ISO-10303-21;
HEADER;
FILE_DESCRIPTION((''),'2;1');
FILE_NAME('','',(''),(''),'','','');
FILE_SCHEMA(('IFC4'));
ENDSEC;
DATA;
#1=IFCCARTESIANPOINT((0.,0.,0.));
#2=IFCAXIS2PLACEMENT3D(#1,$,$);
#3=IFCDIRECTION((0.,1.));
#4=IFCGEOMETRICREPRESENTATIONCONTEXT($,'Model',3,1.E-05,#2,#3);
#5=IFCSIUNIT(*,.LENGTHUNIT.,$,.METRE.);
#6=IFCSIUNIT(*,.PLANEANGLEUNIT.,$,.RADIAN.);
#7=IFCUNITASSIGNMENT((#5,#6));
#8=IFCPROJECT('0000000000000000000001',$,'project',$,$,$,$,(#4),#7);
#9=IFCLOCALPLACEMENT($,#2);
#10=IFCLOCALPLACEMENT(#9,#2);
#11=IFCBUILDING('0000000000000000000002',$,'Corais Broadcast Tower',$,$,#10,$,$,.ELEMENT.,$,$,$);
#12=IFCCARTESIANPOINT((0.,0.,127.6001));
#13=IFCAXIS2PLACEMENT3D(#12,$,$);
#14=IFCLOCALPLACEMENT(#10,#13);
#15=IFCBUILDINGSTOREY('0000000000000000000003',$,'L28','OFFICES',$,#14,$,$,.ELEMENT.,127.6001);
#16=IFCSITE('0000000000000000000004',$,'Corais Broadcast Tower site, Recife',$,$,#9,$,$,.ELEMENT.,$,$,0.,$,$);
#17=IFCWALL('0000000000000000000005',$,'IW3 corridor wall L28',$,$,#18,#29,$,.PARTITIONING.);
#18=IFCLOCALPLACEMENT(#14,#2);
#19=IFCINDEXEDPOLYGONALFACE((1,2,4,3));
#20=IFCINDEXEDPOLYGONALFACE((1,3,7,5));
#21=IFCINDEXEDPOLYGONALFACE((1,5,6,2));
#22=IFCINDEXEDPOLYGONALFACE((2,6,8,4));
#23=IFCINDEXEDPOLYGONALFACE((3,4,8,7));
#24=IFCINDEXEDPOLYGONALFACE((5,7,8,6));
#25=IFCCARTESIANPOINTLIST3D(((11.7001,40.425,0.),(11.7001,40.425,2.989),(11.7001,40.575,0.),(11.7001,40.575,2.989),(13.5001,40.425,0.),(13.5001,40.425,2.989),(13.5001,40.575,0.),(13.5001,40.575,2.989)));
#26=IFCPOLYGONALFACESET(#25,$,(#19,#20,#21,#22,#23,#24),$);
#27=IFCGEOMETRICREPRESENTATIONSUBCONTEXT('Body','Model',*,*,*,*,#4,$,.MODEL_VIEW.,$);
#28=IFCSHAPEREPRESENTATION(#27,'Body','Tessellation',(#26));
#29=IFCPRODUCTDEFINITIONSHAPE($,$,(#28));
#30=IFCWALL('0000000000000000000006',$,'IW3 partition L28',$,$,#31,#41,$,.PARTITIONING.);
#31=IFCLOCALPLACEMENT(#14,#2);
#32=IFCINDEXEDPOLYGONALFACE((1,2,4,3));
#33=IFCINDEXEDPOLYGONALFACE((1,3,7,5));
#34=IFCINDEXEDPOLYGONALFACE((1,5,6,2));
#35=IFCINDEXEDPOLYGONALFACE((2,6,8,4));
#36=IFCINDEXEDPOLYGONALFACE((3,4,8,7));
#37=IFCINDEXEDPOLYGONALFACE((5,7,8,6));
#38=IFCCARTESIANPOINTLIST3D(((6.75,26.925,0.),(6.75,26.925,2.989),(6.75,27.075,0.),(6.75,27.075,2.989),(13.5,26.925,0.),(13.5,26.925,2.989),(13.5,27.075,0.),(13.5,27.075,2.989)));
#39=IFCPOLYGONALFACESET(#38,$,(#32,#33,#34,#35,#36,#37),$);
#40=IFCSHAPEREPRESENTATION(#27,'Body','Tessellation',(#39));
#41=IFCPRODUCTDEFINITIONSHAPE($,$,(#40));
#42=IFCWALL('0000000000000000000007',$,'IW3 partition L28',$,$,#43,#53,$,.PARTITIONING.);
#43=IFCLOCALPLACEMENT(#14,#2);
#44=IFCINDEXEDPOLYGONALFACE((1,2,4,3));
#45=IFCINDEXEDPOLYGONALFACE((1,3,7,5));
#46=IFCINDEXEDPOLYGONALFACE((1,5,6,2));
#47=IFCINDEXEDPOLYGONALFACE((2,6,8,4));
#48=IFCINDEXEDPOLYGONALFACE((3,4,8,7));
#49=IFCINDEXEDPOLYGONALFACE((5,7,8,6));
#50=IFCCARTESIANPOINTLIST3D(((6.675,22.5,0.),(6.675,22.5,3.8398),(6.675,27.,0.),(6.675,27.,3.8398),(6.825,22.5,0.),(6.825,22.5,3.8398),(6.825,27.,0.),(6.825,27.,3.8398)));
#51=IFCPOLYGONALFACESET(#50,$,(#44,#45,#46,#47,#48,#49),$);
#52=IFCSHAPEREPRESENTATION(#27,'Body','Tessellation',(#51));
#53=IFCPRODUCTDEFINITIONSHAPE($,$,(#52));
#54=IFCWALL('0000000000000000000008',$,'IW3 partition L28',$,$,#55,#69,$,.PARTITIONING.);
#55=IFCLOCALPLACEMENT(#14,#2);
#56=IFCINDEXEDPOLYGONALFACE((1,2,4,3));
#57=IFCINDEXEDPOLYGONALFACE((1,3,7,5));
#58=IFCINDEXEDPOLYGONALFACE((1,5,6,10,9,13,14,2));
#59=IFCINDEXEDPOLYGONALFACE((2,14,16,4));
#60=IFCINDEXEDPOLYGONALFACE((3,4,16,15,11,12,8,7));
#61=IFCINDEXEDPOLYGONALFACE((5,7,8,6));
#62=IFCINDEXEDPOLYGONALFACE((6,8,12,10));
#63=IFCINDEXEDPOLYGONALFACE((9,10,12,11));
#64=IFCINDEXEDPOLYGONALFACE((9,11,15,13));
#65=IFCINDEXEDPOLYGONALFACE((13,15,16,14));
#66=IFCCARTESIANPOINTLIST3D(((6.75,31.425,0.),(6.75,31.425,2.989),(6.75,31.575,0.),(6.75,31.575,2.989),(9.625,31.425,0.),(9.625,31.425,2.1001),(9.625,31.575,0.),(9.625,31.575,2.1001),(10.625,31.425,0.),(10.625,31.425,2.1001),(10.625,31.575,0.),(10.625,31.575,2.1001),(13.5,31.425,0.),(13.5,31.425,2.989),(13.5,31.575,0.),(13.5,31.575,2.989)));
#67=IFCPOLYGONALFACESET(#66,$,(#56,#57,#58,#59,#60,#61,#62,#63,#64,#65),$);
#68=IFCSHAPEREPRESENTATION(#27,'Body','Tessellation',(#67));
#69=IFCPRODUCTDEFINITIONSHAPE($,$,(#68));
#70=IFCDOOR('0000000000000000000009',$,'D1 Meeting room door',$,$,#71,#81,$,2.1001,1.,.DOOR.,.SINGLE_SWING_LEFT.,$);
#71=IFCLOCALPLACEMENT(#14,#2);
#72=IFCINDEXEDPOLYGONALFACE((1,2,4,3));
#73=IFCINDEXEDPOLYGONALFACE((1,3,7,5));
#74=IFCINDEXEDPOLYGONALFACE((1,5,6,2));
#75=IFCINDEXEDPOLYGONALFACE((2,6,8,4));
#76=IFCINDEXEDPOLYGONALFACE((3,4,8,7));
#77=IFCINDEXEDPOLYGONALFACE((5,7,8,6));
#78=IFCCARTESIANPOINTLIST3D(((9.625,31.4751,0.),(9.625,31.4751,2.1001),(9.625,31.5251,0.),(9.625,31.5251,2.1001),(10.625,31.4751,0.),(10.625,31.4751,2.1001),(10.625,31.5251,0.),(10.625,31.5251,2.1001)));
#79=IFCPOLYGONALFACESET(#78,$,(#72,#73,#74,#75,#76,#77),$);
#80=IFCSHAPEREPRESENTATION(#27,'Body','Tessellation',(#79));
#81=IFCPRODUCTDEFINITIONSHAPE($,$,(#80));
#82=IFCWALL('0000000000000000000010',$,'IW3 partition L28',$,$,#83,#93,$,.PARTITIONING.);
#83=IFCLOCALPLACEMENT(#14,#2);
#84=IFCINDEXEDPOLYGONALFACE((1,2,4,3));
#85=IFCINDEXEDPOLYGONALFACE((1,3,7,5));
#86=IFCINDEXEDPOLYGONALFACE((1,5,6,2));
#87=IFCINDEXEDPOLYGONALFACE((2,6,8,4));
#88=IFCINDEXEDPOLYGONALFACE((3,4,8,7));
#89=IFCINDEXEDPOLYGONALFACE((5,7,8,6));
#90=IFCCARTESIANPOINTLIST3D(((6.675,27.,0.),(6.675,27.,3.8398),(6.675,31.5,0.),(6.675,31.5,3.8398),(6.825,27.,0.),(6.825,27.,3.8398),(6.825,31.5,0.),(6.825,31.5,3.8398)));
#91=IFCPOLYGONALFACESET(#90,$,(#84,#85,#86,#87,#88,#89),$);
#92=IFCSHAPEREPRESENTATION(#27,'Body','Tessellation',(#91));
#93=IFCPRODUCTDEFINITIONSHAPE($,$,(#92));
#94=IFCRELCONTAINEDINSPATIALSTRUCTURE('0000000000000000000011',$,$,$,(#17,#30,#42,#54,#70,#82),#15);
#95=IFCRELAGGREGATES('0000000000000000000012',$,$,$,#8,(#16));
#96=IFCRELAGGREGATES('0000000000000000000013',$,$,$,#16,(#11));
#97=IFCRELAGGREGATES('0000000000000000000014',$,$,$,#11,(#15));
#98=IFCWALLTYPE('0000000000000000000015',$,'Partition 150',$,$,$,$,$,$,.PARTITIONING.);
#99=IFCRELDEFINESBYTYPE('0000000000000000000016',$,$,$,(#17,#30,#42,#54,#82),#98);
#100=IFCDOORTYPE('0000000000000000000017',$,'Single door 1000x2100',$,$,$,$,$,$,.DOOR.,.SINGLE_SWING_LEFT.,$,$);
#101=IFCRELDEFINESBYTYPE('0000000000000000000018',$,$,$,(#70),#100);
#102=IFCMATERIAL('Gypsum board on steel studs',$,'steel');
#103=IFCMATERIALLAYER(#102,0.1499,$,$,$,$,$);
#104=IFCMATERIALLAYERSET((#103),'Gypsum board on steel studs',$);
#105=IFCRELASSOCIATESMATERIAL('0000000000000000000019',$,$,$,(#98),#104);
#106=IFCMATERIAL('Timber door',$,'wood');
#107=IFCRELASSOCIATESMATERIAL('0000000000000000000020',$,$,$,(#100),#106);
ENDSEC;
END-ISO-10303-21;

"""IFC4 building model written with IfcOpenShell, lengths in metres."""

from ifc_helpers import new_model, si_unit, direction, frame, frame_2d, origin, place, context, subcontext, project, spatial, rectangle, extrude, material, layer, layer_set, type_object, element, fill, save


model = new_model("IFC4")

# Units and contexts
model_context = context("Model", 3, precision=1e-05, world=origin(), true_north=direction((0.0, 1.0)))
body_context = subcontext(model_context, "Body", "Model", "MODEL_VIEW")
ifc_project = project(units=[si_unit("LENGTHUNIT", "METRE"), si_unit("PLANEANGLEUNIT", "RADIAN")], contexts=[model_context])

# Site, building, storey
site_placement = place(None, origin())
site = spatial("IfcSite", under=ifc_project, at=site_placement, Name="Corais Broadcast Tower site, Recife", CompositionType="ELEMENT", RefElevation=0.0)
building_placement = place(site_placement, origin())
building = spatial("IfcBuilding", under=site, at=building_placement, Name="Corais Broadcast Tower", CompositionType="ELEMENT")
storey_placement = place(building_placement, frame((0.0, 0.0, 127.6001)))
storey = spatial("IfcBuildingStorey", under=building, at=storey_placement, Name="L28", Description="OFFICES", CompositionType="ELEMENT", Elevation=127.6001)

# Shared definitions
ifc_material_1 = material(Name="Gypsum board on steel studs", Category="steel")
ifc_layer_1 = layer(ifc_material_1, 0.1499)
ifc_layer_set_1 = layer_set([ifc_layer_1], Name="Gypsum board on steel studs")
wall_type_1 = type_object("IfcWallType", Name="Partition 150", PredefinedType="PARTITIONING", material=ifc_layer_set_1)
ifc_material_2 = material(Name="Timber door", Category="wood")
door_type_1 = type_object("IfcDoorType", Name="Single door 1000x2100", OperationType="SINGLE_SWING_LEFT", PredefinedType="DOOR", material=ifc_material_2)

# Walls
wall_1_placement = place(storey_placement, frame((13.5, 40.5, 0.0), z_axis=(0.0, 0.0, 1.0), x_axis=(-1.0, 0.0, 0.0)))
element("IfcWall", 1, at=wall_1_placement, inside=storey, type_object=wall_type_1, Name="IW3 corridor wall L28", PredefinedType="PARTITIONING", context=body_context, shape_type="SweptSolid", body=[
    extrude(rectangle(XDim=1.8, YDim=0.1499, at=frame_2d((0.8999, 0.0))), origin(), (0.0, 0.0, 1.0), 2.989),
])
wall_2_placement = place(storey_placement, frame((13.5, 27.0, 0.0), z_axis=(0.0, 0.0, 1.0), x_axis=(-1.0, 0.0, 0.0)))
element("IfcWall", 2, at=wall_2_placement, inside=storey, type_object=wall_type_1, Name="IW3 partition L28", PredefinedType="PARTITIONING", context=body_context, shape_type="SweptSolid", body=[
    extrude(rectangle(XDim=6.75, YDim=0.1499, at=frame_2d((3.375, 0.0))), origin(), (0.0, 0.0, 1.0), 2.989),
])
wall_3_placement = place(storey_placement, frame((6.75, 27.0, 0.0), z_axis=(0.0, 0.0, 1.0), x_axis=(0.0, -1.0, 0.0)))
element("IfcWall", 3, at=wall_3_placement, inside=storey, type_object=wall_type_1, Name="IW3 partition L28", PredefinedType="PARTITIONING", context=body_context, shape_type="SweptSolid", body=[
    extrude(rectangle(XDim=4.5, YDim=0.1499, at=frame_2d((2.25, 0.0))), origin(), (0.0, 0.0, 1.0), 3.8398),
])

# Wall, opening, door
wall_4_placement = place(storey_placement, frame((13.5, 31.5, 0.0), z_axis=(0.0, 0.0, 1.0), x_axis=(-1.0, 0.0, 0.0)))
wall_4 = element("IfcWall", 4, at=wall_4_placement, inside=storey, type_object=wall_type_1, Name="IW3 partition L28", PredefinedType="PARTITIONING", context=body_context, shape_type="SweptSolid", body=[
    extrude(rectangle(XDim=6.75, YDim=0.1499, at=frame_2d((3.375, 0.0))), origin(), (0.0, 0.0, 1.0), 2.989),
])
opening_1_placement = place(wall_4_placement, frame((2.875, 0.0, 0.0)))
opening_1 = element("IfcOpeningElement", 5, at=opening_1_placement, cuts=wall_4, PredefinedType="OPENING", context=body_context, shape_type="SweptSolid", body=[
    extrude(rectangle(XDim=1.0, YDim=2.1001, at=frame_2d((0.5, 1.05))), frame((0.0, 0.085, 0.0), z_axis=(0.0, -1.0, 0.0), x_axis=(1.0, 0.0, 0.0)), (0.0, 0.0, 1.0), 0.1699),
])
door_1_placement = place(opening_1_placement, origin())
door_1 = element("IfcDoor", 6, at=door_1_placement, inside=storey, type_object=door_type_1, Name="D1 Meeting room door", OperationType="SINGLE_SWING_LEFT", OverallHeight=2.1001, OverallWidth=1.0, PredefinedType="DOOR", context=body_context, shape_type="SweptSolid", body=[
    extrude(rectangle(XDim=1.0, YDim=2.1001, at=frame_2d((0.5, 1.05))), frame((0.0, 0.0249, 0.0), z_axis=(0.0, -1.0, 0.0), x_axis=(1.0, 0.0, 0.0)), (0.0, 0.0, 1.0), 0.05),
])
fill(opening_1, door_1)

# Wall
wall_5_placement = place(storey_placement, frame((6.75, 31.5, 0.0), z_axis=(0.0, 0.0, 1.0), x_axis=(0.0, -1.0, 0.0)))
element("IfcWall", 7, at=wall_5_placement, inside=storey, type_object=wall_type_1, Name="IW3 partition L28", PredefinedType="PARTITIONING", context=body_context, shape_type="SweptSolid", body=[
    extrude(rectangle(XDim=4.5, YDim=0.1499, at=frame_2d((2.25, 0.0))), origin(), (0.0, 0.0, 1.0), 3.8398),
])

save(model, "model.ifc")
